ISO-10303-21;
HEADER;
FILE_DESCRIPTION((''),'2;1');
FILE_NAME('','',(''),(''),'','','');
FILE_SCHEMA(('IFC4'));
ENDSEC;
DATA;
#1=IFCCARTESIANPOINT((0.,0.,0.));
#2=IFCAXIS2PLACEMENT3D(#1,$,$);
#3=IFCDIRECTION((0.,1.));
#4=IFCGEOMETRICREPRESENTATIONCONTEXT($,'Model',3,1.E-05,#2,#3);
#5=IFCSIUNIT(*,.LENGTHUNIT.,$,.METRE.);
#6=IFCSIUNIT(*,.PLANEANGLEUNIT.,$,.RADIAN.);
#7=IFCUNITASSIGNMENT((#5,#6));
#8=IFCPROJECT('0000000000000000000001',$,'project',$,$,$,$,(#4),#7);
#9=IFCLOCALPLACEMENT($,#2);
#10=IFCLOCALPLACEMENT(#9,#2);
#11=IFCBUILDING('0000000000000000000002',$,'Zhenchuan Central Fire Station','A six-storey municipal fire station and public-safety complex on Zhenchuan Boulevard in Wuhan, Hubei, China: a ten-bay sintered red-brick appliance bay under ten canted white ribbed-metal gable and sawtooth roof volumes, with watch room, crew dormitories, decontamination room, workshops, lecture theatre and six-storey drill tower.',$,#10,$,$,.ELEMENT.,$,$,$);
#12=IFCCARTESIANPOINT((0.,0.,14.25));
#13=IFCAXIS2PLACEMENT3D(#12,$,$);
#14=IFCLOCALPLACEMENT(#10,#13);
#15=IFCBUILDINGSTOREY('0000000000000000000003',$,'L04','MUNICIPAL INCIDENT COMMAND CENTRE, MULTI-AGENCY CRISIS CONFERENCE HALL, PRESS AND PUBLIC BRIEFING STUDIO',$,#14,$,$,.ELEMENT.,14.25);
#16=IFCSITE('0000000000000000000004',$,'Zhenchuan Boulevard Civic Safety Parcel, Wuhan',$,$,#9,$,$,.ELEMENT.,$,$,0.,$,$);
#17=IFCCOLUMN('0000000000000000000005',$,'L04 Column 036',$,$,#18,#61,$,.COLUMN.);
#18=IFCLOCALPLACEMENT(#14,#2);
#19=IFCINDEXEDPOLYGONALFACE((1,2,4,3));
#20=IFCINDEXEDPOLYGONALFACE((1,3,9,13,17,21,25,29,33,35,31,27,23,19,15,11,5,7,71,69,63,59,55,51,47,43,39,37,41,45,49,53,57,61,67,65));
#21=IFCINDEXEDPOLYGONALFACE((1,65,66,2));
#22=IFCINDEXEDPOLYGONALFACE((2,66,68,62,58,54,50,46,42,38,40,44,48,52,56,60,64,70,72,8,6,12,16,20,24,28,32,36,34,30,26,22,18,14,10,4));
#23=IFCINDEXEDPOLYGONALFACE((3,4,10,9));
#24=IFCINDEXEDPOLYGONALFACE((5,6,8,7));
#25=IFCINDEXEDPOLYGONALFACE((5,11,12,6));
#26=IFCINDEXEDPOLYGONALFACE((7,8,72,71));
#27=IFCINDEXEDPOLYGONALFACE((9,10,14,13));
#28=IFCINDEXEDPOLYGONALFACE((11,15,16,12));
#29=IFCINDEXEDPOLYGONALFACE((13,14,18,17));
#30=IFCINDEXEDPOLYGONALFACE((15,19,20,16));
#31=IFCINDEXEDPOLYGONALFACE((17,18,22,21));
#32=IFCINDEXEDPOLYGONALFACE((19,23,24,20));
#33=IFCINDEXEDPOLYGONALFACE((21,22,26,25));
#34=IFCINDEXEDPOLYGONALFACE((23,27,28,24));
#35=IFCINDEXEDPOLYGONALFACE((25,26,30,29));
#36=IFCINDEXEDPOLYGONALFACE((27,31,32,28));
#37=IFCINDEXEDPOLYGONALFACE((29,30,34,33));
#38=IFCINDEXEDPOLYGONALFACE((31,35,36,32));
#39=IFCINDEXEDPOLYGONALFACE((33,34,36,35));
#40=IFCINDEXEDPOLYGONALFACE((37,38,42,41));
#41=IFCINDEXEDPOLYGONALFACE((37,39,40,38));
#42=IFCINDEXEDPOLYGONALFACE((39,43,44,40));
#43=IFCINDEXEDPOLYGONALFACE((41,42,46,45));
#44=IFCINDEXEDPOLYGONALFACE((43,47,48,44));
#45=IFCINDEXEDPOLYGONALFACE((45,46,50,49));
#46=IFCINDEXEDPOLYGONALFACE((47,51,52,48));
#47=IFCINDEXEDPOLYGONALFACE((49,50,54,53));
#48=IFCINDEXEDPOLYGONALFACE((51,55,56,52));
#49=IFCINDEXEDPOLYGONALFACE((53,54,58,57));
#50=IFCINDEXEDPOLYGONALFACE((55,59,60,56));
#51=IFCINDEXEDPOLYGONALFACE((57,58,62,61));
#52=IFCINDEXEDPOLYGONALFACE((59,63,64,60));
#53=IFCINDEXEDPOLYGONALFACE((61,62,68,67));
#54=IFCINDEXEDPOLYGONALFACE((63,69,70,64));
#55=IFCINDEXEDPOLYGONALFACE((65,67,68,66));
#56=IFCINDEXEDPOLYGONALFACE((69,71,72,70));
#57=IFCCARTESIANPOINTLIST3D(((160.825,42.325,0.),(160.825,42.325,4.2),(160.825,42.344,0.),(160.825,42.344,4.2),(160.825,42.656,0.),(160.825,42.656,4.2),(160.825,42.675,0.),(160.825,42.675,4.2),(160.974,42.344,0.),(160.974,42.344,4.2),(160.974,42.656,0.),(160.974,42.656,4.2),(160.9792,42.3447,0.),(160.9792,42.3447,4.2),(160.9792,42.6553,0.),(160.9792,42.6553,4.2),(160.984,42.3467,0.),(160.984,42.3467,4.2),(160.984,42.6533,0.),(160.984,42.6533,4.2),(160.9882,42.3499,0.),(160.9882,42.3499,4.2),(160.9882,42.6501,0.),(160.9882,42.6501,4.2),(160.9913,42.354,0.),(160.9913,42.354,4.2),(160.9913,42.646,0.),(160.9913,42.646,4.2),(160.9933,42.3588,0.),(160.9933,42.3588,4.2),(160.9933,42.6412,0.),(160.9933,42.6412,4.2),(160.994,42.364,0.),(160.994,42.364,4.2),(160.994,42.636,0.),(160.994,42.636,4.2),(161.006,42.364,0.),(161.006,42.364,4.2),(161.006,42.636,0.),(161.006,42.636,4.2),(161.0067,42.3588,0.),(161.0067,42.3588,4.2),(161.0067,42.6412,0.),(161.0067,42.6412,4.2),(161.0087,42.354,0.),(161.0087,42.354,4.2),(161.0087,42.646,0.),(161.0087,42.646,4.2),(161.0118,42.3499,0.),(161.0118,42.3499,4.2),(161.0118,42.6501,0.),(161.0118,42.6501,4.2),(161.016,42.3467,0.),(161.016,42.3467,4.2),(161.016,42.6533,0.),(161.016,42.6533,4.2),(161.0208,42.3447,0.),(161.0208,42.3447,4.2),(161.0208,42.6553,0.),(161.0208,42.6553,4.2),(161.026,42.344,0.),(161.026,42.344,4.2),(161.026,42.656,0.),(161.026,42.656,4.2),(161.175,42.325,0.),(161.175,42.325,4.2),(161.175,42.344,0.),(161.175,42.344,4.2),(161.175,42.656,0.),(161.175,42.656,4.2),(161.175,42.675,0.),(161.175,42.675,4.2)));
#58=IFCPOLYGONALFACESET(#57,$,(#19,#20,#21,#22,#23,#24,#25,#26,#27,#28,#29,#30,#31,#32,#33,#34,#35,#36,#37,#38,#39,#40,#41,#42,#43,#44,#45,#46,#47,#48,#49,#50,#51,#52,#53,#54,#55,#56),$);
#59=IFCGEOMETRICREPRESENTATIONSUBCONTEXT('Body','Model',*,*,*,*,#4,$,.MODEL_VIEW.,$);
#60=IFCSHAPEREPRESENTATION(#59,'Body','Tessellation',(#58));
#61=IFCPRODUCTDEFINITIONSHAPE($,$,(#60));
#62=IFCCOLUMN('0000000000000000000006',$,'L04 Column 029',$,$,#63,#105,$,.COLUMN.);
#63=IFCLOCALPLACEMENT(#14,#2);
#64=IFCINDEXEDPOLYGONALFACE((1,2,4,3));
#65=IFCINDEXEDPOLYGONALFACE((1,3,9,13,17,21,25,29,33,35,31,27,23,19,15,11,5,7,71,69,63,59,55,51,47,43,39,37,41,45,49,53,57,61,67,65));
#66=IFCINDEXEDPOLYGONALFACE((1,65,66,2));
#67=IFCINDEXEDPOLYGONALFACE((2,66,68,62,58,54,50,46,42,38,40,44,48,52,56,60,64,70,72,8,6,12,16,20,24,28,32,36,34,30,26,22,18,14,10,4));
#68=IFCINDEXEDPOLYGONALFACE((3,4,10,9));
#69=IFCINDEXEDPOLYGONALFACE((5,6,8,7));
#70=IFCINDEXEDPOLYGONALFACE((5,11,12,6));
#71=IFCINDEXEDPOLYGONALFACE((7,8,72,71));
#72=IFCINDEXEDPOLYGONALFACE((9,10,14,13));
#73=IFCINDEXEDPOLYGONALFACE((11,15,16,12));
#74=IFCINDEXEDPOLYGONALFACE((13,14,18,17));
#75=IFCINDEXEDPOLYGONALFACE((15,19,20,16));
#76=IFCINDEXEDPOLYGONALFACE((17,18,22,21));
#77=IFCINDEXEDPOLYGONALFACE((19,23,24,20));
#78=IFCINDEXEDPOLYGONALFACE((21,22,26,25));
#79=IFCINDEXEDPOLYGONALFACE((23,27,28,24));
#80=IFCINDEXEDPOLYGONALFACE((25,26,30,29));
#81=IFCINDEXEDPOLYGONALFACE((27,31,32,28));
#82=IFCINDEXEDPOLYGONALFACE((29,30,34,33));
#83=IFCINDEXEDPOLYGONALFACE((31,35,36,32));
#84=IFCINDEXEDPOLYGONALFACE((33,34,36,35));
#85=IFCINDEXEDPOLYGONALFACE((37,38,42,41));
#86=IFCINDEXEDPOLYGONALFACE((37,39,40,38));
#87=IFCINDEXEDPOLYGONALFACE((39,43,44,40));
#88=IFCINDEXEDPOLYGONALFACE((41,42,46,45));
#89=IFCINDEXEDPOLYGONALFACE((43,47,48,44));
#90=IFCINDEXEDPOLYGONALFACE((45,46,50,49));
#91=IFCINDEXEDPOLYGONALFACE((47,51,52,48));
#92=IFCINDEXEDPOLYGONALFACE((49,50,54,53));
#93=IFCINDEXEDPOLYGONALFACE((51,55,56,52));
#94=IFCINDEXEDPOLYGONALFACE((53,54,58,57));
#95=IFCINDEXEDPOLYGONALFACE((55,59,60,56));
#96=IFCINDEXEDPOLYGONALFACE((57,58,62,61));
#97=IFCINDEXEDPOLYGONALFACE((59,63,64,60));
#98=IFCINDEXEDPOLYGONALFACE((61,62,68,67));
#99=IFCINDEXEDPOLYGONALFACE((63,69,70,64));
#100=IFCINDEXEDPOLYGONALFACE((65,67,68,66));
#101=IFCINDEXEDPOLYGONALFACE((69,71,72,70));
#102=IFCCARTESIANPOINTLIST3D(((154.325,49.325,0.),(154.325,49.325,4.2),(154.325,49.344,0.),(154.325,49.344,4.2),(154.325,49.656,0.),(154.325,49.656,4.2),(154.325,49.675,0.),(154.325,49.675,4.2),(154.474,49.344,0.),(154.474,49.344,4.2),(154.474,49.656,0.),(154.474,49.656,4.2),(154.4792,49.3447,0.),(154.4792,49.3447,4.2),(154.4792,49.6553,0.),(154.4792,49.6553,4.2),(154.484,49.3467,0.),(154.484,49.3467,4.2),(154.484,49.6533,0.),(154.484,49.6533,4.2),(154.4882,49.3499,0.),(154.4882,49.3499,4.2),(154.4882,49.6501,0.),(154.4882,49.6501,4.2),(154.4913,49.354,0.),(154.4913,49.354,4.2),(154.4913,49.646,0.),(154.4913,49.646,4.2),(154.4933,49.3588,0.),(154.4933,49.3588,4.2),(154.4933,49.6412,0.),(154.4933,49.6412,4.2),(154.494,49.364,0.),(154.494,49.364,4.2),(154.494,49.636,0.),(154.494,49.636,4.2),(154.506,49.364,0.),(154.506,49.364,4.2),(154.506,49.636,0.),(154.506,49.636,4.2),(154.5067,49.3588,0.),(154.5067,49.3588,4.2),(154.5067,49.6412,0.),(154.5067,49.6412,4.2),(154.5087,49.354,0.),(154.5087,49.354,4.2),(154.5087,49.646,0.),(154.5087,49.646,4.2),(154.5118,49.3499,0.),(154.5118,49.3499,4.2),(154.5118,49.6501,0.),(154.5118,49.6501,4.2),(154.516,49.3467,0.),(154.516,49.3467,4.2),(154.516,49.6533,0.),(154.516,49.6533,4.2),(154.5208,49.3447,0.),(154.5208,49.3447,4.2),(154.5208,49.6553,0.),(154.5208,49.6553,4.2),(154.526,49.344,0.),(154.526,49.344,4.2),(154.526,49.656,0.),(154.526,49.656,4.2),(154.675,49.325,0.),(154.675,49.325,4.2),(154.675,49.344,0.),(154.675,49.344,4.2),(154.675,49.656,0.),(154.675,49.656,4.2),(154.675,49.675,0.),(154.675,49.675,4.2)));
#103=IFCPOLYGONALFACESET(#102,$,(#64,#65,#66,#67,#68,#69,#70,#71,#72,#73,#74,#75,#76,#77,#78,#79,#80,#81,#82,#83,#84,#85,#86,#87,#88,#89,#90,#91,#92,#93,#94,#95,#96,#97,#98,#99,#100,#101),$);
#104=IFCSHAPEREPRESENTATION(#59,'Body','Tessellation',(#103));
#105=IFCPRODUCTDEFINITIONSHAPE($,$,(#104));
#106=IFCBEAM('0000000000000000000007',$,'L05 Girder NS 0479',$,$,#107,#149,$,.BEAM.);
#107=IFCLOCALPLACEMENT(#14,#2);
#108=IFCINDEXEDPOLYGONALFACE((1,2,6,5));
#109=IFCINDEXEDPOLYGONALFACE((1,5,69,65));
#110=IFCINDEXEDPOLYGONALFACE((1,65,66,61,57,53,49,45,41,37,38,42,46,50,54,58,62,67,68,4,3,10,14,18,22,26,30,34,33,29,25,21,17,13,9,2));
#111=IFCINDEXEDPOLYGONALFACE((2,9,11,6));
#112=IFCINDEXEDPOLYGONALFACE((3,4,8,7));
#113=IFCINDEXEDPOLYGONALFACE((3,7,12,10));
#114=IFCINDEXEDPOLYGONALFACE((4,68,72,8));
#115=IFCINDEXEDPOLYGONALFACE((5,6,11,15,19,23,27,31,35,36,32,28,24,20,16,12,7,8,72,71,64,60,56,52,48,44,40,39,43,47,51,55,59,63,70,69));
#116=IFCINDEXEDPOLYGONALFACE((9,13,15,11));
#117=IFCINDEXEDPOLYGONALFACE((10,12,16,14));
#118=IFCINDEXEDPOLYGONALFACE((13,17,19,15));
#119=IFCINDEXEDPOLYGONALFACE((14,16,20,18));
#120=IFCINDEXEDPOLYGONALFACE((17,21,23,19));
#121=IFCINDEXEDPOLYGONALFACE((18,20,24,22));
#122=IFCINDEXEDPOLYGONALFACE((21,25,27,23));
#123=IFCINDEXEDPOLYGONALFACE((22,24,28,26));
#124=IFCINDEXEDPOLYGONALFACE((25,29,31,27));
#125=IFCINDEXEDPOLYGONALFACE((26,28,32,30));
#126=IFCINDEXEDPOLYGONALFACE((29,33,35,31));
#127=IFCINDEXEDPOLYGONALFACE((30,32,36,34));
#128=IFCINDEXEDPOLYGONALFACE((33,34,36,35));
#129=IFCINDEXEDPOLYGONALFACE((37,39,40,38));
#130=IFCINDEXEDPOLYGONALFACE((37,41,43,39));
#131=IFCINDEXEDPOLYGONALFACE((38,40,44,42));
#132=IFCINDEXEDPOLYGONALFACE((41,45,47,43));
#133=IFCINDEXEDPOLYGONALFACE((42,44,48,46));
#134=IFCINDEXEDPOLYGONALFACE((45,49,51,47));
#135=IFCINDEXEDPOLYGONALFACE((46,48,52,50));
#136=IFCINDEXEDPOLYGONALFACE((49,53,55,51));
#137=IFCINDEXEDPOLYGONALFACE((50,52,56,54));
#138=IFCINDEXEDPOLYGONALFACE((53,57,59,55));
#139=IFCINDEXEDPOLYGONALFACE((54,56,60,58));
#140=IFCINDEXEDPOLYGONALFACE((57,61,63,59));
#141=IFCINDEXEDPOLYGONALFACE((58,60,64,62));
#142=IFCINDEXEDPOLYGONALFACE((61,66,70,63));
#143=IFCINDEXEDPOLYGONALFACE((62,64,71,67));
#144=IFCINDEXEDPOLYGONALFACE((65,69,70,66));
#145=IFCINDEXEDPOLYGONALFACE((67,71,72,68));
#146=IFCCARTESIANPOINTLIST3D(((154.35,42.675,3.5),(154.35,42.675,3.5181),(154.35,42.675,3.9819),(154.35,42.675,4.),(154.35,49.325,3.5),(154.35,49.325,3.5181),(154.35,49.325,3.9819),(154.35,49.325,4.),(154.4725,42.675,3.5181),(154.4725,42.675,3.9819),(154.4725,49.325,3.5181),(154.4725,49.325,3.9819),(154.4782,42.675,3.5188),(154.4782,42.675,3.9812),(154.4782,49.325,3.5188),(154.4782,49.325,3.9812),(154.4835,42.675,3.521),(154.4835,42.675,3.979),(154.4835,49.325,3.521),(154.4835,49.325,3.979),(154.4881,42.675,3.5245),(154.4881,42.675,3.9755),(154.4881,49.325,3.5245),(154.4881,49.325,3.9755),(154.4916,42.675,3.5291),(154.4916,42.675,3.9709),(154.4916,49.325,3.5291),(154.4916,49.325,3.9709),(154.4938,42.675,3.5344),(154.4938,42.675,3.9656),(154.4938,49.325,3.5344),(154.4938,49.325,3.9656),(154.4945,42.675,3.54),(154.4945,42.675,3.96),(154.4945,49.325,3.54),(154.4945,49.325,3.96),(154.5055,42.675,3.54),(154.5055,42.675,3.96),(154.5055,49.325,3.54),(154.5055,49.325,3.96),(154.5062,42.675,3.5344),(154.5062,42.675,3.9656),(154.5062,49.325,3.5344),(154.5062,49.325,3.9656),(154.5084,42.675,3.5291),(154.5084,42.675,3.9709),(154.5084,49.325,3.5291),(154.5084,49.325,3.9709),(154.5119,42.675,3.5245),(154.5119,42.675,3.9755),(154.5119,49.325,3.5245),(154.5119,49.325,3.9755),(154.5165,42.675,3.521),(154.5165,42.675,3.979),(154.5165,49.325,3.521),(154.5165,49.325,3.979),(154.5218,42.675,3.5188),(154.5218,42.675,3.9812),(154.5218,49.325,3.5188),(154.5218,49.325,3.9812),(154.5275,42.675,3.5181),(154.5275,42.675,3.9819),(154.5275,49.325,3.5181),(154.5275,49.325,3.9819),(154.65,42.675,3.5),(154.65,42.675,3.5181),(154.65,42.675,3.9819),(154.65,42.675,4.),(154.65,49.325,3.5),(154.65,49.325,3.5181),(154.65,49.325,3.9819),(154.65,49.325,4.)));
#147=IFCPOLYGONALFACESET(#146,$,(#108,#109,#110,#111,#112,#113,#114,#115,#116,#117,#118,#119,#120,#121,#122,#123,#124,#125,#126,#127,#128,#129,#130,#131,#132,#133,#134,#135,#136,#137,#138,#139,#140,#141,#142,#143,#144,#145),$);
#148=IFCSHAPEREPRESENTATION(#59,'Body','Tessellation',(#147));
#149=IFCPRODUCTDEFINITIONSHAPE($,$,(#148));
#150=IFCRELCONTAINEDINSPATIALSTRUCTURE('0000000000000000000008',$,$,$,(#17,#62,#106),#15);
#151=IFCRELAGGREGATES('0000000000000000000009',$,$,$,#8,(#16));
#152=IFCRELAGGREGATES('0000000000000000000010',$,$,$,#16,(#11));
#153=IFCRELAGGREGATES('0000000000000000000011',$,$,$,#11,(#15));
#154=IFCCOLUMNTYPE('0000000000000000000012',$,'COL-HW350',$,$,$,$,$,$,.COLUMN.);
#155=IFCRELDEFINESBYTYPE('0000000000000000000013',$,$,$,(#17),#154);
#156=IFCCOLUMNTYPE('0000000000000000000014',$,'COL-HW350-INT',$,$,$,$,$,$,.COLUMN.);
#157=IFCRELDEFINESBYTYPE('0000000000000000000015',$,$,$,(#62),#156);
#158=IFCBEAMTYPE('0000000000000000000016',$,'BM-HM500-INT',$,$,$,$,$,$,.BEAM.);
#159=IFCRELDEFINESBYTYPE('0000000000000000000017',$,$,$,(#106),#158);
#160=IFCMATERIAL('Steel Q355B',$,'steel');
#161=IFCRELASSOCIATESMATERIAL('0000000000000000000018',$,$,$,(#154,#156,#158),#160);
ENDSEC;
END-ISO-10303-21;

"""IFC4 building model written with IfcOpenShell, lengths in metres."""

from ifc_helpers import new_model, si_unit, direction, frame, origin, origin_2d, place, context, subcontext, project, spatial, i_section, extrude, material, material_profile, profile_set, type_object, element, save


model = new_model("IFC4")

# Units and contexts
model_context = context("Model", 3, precision=1e-05, world=origin(), true_north=direction((0.0, 1.0)))
body_context = subcontext(model_context, "Body", "Model", "MODEL_VIEW")
ifc_project = project(units=[si_unit("LENGTHUNIT", "METRE"), si_unit("PLANEANGLEUNIT", "RADIAN")], contexts=[model_context])

# Site, building, storey
site_placement = place(None, origin())
site = spatial("IfcSite", under=ifc_project, at=site_placement, Name="Zhenchuan Boulevard Civic Safety Parcel, Wuhan", CompositionType="ELEMENT", RefElevation=0.0)
building_placement = place(site_placement, origin())
building = spatial("IfcBuilding", under=site, at=building_placement, Name="Zhenchuan Central Fire Station", Description="A six-storey municipal fire station and public-safety complex on Zhenchuan Boulevard in Wuhan, Hubei, China: a ten-bay sintered red-brick appliance bay under ten canted white ribbed-metal gable and sawtooth roof volumes, with watch room, crew dormitories, decontamination room, workshops, lecture theatre and six-storey drill tower.", CompositionType="ELEMENT")
storey_placement = place(building_placement, frame((0.0, 0.0, 14.25)))
storey = spatial("IfcBuildingStorey", under=building, at=storey_placement, Name="L04", Description="MUNICIPAL INCIDENT COMMAND CENTRE, MULTI-AGENCY CRISIS CONFERENCE HALL, PRESS AND PUBLIC BRIEFING STUDIO", CompositionType="ELEMENT", Elevation=14.25)

# Columns
ifc_material_1 = material(Name="Steel Q355B", Category="steel")
ifc_material_profile_1 = material_profile(ifc_material_1, i_section(OverallWidth=0.3501, OverallDepth=0.3501, WebThickness=0.012, FlangeThickness=0.019, FilletRadius=0.02, at=origin_2d()), Name="HW 350x350")
ifc_profile_set_1 = profile_set([ifc_material_profile_1], Name="Steel Q355B")
column_type_1 = type_object("IfcColumnType", Name="COL-HW350", PredefinedType="COLUMN", material=ifc_profile_set_1)
column_1_placement = place(storey_placement, frame((161.0, 42.5, 0.0), z_axis=(0.0, 0.0, 1.0), x_axis=(1.0, 0.0, 0.0)))
element("IfcColumn", 1, at=column_1_placement, inside=storey, type_object=column_type_1, Name="L04 Column 036", PredefinedType="COLUMN", context=body_context, shape_type="SweptSolid", body=[
    extrude(i_section(OverallWidth=0.3501, OverallDepth=0.3501, WebThickness=0.012, FlangeThickness=0.019, FilletRadius=0.02, at=origin_2d()), origin(), (0.0, 0.0, 1.0), 4.2),
])
ifc_material_profile_2 = material_profile(ifc_material_1, i_section(OverallWidth=0.3501, OverallDepth=0.3501, WebThickness=0.012, FlangeThickness=0.019, FilletRadius=0.02, at=origin_2d()), Name="HW 350x350")
ifc_profile_set_2 = profile_set([ifc_material_profile_2], Name="Steel Q355B")
column_type_2 = type_object("IfcColumnType", Name="COL-HW350-INT", PredefinedType="COLUMN", material=ifc_profile_set_2)
column_2_placement = place(storey_placement, frame((154.5, 49.5, 0.0), z_axis=(0.0, 0.0, 1.0), x_axis=(1.0, 0.0, 0.0)))
element("IfcColumn", 2, at=column_2_placement, inside=storey, type_object=column_type_2, Name="L04 Column 029", PredefinedType="COLUMN", context=body_context, shape_type="SweptSolid", body=[
    extrude(i_section(OverallWidth=0.3501, OverallDepth=0.3501, WebThickness=0.012, FlangeThickness=0.019, FilletRadius=0.02, at=origin_2d()), origin(), (0.0, 0.0, 1.0), 4.2),
])

# Beam
ifc_material_profile_3 = material_profile(ifc_material_1, i_section(OverallWidth=0.3, OverallDepth=0.5, WebThickness=0.011, FlangeThickness=0.0181, FilletRadius=0.022, at=origin_2d()), Name="HM 500x300")
ifc_profile_set_3 = profile_set([ifc_material_profile_3], Name="Steel Q355B")
beam_type_1 = type_object("IfcBeamType", Name="BM-HM500-INT", PredefinedType="BEAM", material=ifc_profile_set_3)
beam_1_placement = place(storey_placement, frame((154.5, 42.675, 3.75), z_axis=(0.0, 1.0, 0.0), x_axis=(-1.0, 0.0, 0.0)))
element("IfcBeam", 3, at=beam_1_placement, inside=storey, type_object=beam_type_1, Name="L05 Girder NS 0479", PredefinedType="BEAM", context=body_context, shape_type="SweptSolid", body=[
    extrude(i_section(OverallWidth=0.3, OverallDepth=0.5, WebThickness=0.011, FlangeThickness=0.0181, FilletRadius=0.022, at=origin_2d()), origin(), (0.0, 0.0, 1.0), 6.6499),
])

save(model, "model.ifc")
